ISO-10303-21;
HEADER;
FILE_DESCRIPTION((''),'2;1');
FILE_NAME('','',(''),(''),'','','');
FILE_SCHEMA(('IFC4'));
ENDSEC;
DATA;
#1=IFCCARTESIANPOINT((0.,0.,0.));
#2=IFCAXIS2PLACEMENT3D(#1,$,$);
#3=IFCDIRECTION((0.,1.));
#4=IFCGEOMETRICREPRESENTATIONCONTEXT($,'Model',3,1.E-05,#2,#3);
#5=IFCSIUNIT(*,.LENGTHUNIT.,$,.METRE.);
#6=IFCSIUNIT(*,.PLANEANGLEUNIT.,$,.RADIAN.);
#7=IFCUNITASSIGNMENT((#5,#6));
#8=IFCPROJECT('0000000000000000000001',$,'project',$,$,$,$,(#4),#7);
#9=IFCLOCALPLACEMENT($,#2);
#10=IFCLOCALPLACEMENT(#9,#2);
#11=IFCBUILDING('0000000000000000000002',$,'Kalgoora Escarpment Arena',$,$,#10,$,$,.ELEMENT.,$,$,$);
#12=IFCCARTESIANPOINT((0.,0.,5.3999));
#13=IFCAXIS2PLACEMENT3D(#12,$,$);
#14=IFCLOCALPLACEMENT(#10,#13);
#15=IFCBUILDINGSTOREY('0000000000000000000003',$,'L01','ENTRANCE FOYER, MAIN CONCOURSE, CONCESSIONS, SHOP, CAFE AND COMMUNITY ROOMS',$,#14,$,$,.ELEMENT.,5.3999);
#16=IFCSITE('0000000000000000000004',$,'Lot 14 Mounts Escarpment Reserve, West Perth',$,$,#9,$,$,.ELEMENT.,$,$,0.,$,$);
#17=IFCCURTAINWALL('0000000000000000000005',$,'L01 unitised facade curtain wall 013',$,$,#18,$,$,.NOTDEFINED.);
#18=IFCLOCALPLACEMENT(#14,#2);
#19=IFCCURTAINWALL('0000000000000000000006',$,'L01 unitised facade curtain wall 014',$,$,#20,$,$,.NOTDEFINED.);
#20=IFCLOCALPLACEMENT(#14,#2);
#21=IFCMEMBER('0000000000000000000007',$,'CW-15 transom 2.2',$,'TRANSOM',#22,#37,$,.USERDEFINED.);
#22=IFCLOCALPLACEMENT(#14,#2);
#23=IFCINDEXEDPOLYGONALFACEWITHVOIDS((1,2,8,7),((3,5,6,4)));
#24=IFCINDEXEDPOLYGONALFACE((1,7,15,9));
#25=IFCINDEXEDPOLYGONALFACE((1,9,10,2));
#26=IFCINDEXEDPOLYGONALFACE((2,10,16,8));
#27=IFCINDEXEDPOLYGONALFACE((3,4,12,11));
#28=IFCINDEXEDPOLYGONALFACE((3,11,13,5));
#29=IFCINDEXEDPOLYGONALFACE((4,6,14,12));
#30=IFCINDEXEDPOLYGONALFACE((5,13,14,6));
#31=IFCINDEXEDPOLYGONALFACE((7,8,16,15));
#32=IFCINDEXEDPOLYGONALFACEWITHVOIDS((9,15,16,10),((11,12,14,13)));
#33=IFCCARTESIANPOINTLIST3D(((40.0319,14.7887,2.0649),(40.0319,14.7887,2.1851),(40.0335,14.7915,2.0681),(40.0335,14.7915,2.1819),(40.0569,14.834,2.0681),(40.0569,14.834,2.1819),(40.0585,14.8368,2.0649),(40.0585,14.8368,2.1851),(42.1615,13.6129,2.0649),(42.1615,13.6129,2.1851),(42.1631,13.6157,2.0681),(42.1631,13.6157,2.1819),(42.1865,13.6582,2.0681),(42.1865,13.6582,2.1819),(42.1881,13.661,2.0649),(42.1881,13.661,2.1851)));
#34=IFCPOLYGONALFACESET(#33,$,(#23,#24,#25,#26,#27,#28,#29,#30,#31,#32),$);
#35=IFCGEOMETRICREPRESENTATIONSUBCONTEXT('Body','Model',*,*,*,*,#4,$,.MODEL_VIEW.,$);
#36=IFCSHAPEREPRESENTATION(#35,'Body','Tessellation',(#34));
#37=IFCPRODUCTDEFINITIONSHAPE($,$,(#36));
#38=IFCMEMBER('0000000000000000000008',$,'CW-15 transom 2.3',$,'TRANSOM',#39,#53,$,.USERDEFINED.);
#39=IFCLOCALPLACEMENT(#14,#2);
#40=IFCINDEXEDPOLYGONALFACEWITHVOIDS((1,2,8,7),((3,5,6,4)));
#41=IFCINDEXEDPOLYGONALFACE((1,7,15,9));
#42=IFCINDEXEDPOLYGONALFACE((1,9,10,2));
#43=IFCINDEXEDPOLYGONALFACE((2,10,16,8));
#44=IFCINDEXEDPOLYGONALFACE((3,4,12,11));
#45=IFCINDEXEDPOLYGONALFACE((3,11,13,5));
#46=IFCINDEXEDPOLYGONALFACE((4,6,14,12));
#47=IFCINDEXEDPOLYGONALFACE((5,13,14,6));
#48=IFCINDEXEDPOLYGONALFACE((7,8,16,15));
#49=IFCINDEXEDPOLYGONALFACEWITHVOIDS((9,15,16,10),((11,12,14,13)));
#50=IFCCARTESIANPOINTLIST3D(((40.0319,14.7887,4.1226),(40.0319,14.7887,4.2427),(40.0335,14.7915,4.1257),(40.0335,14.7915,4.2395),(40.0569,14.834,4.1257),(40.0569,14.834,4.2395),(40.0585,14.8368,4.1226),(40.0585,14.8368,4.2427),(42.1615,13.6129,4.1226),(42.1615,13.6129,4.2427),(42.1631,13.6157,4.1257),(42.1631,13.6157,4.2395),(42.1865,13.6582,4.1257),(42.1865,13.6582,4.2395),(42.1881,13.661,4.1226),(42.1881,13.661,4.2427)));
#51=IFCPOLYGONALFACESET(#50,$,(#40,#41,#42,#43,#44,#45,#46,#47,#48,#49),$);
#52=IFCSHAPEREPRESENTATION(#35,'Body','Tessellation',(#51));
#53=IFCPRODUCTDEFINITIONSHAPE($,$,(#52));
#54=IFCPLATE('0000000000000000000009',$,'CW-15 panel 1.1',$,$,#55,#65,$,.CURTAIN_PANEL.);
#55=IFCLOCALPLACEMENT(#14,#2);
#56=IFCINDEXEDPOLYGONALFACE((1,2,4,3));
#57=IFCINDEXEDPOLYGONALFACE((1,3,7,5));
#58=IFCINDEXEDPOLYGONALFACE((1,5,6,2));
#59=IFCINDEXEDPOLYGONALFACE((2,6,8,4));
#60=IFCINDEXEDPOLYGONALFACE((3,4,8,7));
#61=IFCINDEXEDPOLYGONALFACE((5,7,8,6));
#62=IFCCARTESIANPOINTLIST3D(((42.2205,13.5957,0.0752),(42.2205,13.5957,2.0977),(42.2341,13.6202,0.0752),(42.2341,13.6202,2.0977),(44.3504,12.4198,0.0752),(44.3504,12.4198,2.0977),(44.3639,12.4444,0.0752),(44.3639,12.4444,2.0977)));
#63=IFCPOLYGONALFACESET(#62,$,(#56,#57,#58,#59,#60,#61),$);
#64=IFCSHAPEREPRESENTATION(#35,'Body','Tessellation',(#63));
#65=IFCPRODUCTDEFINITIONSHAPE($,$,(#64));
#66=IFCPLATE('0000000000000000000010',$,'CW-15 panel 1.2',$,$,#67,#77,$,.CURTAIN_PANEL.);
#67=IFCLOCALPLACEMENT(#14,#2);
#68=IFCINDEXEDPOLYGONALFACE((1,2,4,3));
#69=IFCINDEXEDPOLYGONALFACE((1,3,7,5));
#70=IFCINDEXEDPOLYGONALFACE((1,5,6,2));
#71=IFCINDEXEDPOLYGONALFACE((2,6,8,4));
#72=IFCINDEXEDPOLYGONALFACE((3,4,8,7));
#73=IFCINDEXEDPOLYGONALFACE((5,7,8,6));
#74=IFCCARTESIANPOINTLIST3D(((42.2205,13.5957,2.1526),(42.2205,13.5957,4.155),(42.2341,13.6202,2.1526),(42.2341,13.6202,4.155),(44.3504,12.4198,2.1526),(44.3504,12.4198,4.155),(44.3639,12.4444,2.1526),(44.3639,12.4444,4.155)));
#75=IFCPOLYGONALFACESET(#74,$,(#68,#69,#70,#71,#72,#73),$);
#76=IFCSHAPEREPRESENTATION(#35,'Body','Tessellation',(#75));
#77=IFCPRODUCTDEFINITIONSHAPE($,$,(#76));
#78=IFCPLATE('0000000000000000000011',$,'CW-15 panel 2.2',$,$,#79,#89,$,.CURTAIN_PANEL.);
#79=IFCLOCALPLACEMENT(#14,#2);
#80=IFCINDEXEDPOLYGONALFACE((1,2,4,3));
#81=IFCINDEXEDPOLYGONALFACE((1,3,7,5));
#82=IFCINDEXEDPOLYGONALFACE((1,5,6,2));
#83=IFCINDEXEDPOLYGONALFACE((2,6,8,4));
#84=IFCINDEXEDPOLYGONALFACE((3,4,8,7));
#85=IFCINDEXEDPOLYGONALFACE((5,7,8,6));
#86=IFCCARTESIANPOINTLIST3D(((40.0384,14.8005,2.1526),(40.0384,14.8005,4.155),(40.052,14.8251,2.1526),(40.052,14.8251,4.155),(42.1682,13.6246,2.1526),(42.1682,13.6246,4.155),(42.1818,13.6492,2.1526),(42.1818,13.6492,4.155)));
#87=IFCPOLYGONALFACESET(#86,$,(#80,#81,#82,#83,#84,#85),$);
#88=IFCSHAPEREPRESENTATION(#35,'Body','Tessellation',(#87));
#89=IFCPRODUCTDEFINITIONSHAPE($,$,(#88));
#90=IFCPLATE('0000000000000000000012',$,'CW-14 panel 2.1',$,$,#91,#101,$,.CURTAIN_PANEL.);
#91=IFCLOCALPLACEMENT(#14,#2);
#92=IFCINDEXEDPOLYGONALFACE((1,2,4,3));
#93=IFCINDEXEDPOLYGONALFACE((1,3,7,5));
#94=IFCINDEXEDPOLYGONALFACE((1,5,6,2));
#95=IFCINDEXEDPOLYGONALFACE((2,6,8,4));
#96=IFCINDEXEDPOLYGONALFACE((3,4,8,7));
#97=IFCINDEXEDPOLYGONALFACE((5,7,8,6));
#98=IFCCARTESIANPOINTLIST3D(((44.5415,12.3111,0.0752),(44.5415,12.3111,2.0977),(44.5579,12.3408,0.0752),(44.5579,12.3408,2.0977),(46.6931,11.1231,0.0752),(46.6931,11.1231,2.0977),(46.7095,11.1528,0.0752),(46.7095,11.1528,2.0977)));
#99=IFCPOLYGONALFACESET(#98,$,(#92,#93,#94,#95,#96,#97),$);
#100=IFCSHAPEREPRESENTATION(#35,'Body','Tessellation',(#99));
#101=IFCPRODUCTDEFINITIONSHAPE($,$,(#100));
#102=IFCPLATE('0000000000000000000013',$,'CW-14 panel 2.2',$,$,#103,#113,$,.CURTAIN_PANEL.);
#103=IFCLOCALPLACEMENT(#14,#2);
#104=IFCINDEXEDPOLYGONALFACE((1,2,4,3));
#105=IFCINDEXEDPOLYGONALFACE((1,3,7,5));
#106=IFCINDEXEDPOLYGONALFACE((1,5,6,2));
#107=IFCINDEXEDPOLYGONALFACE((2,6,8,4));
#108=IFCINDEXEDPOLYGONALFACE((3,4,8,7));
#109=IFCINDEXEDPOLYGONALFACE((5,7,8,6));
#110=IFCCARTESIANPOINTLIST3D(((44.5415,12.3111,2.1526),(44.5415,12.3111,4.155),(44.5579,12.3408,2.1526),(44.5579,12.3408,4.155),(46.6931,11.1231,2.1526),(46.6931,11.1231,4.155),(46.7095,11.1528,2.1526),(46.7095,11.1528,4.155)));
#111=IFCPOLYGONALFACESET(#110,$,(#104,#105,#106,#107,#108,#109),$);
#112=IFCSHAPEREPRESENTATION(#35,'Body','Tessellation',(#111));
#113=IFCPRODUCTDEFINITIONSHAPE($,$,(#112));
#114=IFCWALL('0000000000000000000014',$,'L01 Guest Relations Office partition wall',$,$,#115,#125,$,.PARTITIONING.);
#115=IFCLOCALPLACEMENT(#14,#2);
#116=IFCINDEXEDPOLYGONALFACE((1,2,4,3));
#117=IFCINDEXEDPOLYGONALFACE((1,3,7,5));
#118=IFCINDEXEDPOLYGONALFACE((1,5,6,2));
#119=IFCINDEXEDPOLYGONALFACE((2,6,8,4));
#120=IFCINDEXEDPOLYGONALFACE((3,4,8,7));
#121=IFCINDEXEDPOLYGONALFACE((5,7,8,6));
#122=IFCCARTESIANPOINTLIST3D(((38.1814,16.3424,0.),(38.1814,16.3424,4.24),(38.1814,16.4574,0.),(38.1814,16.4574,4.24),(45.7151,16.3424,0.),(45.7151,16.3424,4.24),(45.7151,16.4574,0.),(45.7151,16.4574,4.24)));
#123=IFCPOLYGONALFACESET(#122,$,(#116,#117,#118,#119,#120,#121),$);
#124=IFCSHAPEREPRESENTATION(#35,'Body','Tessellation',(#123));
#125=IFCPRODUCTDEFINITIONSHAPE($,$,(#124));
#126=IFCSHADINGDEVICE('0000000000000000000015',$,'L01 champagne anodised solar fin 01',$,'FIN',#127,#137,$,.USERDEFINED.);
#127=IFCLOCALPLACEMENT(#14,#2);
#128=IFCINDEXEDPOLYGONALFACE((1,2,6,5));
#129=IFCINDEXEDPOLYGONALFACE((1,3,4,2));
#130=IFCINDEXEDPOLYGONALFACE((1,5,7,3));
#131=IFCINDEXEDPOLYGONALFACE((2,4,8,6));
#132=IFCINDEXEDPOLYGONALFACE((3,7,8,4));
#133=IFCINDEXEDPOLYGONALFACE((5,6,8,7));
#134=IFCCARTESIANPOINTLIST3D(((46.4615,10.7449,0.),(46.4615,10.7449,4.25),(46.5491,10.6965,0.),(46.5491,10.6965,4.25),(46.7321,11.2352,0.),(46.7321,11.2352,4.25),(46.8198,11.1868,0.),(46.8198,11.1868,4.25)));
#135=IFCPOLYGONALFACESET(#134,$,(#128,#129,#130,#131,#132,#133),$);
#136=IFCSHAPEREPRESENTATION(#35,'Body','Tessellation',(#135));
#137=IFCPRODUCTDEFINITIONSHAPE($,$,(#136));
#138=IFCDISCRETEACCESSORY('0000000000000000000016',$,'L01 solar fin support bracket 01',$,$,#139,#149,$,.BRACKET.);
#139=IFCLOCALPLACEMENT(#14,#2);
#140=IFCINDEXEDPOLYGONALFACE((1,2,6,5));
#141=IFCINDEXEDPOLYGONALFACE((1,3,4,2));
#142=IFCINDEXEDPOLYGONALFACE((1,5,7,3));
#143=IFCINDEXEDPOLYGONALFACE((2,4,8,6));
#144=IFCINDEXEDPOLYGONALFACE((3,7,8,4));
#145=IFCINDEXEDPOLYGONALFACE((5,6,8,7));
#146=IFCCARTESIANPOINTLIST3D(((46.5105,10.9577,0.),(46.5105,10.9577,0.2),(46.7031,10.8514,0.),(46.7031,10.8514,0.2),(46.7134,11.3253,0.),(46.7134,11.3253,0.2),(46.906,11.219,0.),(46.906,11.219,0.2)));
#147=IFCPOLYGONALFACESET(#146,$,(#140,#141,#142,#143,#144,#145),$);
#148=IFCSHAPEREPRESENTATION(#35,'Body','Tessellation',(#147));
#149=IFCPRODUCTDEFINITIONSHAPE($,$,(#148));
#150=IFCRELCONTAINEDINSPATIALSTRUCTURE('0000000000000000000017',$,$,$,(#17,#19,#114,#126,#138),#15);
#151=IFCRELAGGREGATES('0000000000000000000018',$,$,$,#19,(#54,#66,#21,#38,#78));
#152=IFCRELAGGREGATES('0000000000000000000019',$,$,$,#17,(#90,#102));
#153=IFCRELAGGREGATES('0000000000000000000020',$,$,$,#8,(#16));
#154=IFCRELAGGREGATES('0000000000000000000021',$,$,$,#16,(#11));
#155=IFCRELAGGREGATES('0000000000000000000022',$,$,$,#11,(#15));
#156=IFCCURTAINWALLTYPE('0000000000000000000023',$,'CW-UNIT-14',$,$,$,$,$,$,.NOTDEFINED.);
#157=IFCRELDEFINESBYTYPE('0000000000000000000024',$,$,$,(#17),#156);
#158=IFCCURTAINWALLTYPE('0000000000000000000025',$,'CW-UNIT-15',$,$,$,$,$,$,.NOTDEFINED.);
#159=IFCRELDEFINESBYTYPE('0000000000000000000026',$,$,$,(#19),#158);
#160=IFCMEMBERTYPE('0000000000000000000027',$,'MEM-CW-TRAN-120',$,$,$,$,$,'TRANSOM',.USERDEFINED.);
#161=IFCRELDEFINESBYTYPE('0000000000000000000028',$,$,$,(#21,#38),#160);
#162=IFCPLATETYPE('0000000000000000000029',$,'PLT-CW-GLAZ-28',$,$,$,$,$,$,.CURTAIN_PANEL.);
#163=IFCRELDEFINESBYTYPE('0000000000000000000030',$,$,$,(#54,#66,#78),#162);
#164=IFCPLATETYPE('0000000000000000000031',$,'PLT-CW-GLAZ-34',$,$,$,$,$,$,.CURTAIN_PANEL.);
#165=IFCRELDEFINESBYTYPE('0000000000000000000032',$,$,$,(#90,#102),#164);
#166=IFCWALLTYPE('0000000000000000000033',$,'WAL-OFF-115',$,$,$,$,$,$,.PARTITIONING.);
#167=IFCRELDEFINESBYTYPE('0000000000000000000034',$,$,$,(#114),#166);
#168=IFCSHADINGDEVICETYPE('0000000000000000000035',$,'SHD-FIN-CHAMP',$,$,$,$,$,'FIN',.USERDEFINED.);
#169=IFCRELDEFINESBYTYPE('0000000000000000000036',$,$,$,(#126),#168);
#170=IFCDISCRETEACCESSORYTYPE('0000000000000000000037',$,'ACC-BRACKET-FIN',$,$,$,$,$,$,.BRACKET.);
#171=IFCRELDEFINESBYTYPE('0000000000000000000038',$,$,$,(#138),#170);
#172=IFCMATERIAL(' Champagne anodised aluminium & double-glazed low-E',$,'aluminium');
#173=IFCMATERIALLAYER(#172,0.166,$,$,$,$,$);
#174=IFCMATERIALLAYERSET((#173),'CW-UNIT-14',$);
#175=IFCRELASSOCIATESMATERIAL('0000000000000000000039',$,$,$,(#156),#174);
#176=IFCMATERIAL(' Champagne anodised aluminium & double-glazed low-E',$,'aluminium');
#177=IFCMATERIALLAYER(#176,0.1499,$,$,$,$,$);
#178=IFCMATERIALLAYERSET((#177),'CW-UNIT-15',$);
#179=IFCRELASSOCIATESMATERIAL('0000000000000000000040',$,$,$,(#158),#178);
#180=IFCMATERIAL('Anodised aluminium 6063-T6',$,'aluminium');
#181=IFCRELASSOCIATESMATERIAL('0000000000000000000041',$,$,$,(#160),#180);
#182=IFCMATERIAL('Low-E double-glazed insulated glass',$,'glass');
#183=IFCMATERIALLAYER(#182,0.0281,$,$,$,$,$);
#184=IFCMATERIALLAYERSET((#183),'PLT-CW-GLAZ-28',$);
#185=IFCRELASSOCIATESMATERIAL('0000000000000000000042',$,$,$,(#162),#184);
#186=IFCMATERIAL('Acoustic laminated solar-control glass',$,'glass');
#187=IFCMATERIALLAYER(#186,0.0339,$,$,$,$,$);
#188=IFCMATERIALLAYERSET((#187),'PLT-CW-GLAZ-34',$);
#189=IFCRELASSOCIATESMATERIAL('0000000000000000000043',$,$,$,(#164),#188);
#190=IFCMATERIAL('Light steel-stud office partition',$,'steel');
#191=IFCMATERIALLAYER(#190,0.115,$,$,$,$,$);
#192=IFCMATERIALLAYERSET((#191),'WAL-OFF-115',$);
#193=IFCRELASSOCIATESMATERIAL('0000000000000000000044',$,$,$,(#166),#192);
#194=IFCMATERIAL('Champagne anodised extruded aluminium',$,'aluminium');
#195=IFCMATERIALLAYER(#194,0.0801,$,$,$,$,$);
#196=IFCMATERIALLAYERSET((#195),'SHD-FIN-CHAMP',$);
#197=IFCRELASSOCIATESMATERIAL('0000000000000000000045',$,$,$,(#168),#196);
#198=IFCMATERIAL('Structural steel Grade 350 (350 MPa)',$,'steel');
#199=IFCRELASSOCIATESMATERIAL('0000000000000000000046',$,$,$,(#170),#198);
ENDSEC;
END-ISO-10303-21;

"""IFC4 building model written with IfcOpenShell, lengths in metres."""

from ifc_helpers import new_model, si_unit, direction, frame, frame_2d, origin, origin_2d, place, context, subcontext, project, spatial, rectangle, hollow_rectangle, extrude, material, layer, layer_set, material_profile, profile_set, type_object, element, aggregate, save


model = new_model("IFC4")

# Units and contexts
model_context = context("Model", 3, precision=1e-05, world=origin(), true_north=direction((0.0, 1.0)))
body_context = subcontext(model_context, "Body", "Model", "MODEL_VIEW")
ifc_project = project(units=[si_unit("LENGTHUNIT", "METRE"), si_unit("PLANEANGLEUNIT", "RADIAN")], contexts=[model_context])

# Site, building, storey
site_placement = place(None, origin())
site = spatial("IfcSite", under=ifc_project, at=site_placement, Name="Lot 14 Mounts Escarpment Reserve, West Perth", CompositionType="ELEMENT", RefElevation=0.0)
building_placement = place(site_placement, origin())
building = spatial("IfcBuilding", under=site, at=building_placement, Name="Kalgoora Escarpment Arena", CompositionType="ELEMENT")
storey_placement = place(building_placement, frame((0.0, 0.0, 5.3999)))
storey = spatial("IfcBuildingStorey", under=building, at=storey_placement, Name="L01", Description="ENTRANCE FOYER, MAIN CONCOURSE, CONCESSIONS, SHOP, CAFE AND COMMUNITY ROOMS", CompositionType="ELEMENT", Elevation=5.3999)

# Curtain walls
ifc_material_1 = material(Name=" Champagne anodised aluminium & double-glazed low-E", Category="aluminium")
ifc_layer_1 = layer(ifc_material_1, 0.166)
ifc_layer_set_1 = layer_set([ifc_layer_1], Name="CW-UNIT-14")
curtain_wall_type_1 = type_object("IfcCurtainWallType", Name="CW-UNIT-14", PredefinedType="NOTDEFINED", material=ifc_layer_set_1)
curtain_wall_1_placement = place(storey_placement, origin())
curtain_wall_1 = element("IfcCurtainWall", 1, at=curtain_wall_1_placement, inside=storey, type_object=curtain_wall_type_1, Name="L01 unitised facade curtain wall 013", PredefinedType="NOTDEFINED")
ifc_material_2 = material(Name=" Champagne anodised aluminium & double-glazed low-E", Category="aluminium")
ifc_layer_2 = layer(ifc_material_2, 0.1499)
ifc_layer_set_2 = layer_set([ifc_layer_2], Name="CW-UNIT-15")
curtain_wall_type_2 = type_object("IfcCurtainWallType", Name="CW-UNIT-15", PredefinedType="NOTDEFINED", material=ifc_layer_set_2)
curtain_wall_2_placement = place(storey_placement, origin())
curtain_wall_2 = element("IfcCurtainWall", 2, at=curtain_wall_2_placement, inside=storey, type_object=curtain_wall_type_2, Name="L01 unitised facade curtain wall 014", PredefinedType="NOTDEFINED")

# Members
ifc_material_3 = material(Name="Anodised aluminium 6063-T6", Category="aluminium")
ifc_material_profile_1 = material_profile(ifc_material_3, hollow_rectangle(XDim=0.0549, YDim=0.1201, WallThickness=0.0032, at=origin_2d()))
ifc_profile_set_1 = profile_set([ifc_material_profile_1], Name="Anodised aluminium 6063-T6")
member_type_1 = type_object("IfcMemberType", Name="MEM-CW-TRAN-120", ElementType="TRANSOM", PredefinedType="USERDEFINED", material=ifc_profile_set_1)
member_1_placement = place(storey_placement, frame((42.1748, 13.637, 2.125), z_axis=(-0.875437, 0.483332, 0.0), x_axis=(-0.483332, -0.875437, 0.0)))
member_1 = element("IfcMember", 3, at=member_1_placement, type_object=member_type_1, Name="CW-15 transom 2.2", ObjectType="TRANSOM", PredefinedType="USERDEFINED", context=body_context, shape_type="SweptSolid", body=[
    extrude(hollow_rectangle(XDim=0.0549, YDim=0.1201, WallThickness=0.0032, at=origin_2d()), origin(), (0.0, 0.0, 1.0), 2.4326),
])
member_2_placement = place(storey_placement, frame((42.1748, 13.637, 4.1826), z_axis=(-0.875437, 0.483332, 0.0), x_axis=(-0.483332, -0.875437, 0.0)))
member_2 = element("IfcMember", 4, at=member_2_placement, type_object=member_type_1, Name="CW-15 transom 2.3", ObjectType="TRANSOM", PredefinedType="USERDEFINED", context=body_context, shape_type="SweptSolid", body=[
    extrude(hollow_rectangle(XDim=0.0549, YDim=0.1201, WallThickness=0.0032, at=origin_2d()), origin(), (0.0, 0.0, 1.0), 2.4326),
])

# Plates
ifc_material_4 = material(Name="Low-E double-glazed insulated glass", Category="glass")
ifc_layer_3 = layer(ifc_material_4, 0.0281)
ifc_layer_set_3 = layer_set([ifc_layer_3], Name="PLT-CW-GLAZ-28")
plate_type_1 = type_object("IfcPlateType", Name="PLT-CW-GLAZ-28", PredefinedType="CURTAIN_PANEL", material=ifc_layer_set_3)
plate_1_placement = place(storey_placement, frame((43.2922, 13.02, 0.0752), z_axis=(0.0, 0.0, 1.0), x_axis=(-0.875437, 0.483332, 0.0)))
plate_1 = element("IfcPlate", 5, at=plate_1_placement, type_object=plate_type_1, Name="CW-15 panel 1.1", PredefinedType="CURTAIN_PANEL", context=body_context, shape_type="SweptSolid", body=[
    extrude(rectangle(XDim=2.4329, YDim=0.0281, at=origin_2d()), origin(), (0.0, 0.0, 1.0), 2.0225),
])
plate_2_placement = place(storey_placement, frame((43.2922, 13.02, 2.1526), z_axis=(0.0, 0.0, 1.0), x_axis=(-0.875437, 0.483332, 0.0)))
plate_2 = element("IfcPlate", 6, at=plate_2_placement, type_object=plate_type_1, Name="CW-15 panel 1.2", PredefinedType="CURTAIN_PANEL", context=body_context, shape_type="SweptSolid", body=[
    extrude(rectangle(XDim=2.4329, YDim=0.0281, at=origin_2d()), origin(), (0.0, 0.0, 1.0), 2.0024),
])
plate_3_placement = place(storey_placement, frame((41.1101, 14.2249, 2.1526), z_axis=(0.0, 0.0, 1.0), x_axis=(-0.875437, 0.483332, 0.0)))
plate_3 = element("IfcPlate", 7, at=plate_3_placement, type_object=plate_type_1, Name="CW-15 panel 2.2", PredefinedType="CURTAIN_PANEL", context=body_context, shape_type="SweptSolid", body=[
    extrude(rectangle(XDim=2.4329, YDim=0.0281, at=origin_2d()), origin(), (0.0, 0.0, 1.0), 2.0024),
])
aggregate(curtain_wall_2, [plate_1, plate_2, member_1, member_2, plate_3])
ifc_material_5 = material(Name="Acoustic laminated solar-control glass", Category="glass")
ifc_layer_4 = layer(ifc_material_5, 0.0339)
ifc_layer_set_4 = layer_set([ifc_layer_4], Name="PLT-CW-GLAZ-34")
plate_type_2 = type_object("IfcPlateType", Name="PLT-CW-GLAZ-34", PredefinedType="CURTAIN_PANEL", material=ifc_layer_set_4)
plate_4_placement = place(storey_placement, frame((45.6255, 11.7319, 0.0752), z_axis=(0.0, 0.0, 1.0), x_axis=(-0.875431, 0.483343, 0.0)))
plate_4 = element("IfcPlate", 8, at=plate_4_placement, type_object=plate_type_2, Name="CW-14 panel 2.1", PredefinedType="CURTAIN_PANEL", context=body_context, shape_type="SweptSolid", body=[
    extrude(rectangle(XDim=2.4578, YDim=0.0339, at=origin_2d()), origin(), (0.0, 0.0, 1.0), 2.0225),
])
plate_5_placement = place(storey_placement, frame((45.6255, 11.7319, 2.1526), z_axis=(0.0, 0.0, 1.0), x_axis=(-0.875431, 0.483343, 0.0)))
plate_5 = element("IfcPlate", 9, at=plate_5_placement, type_object=plate_type_2, Name="CW-14 panel 2.2", PredefinedType="CURTAIN_PANEL", context=body_context, shape_type="SweptSolid", body=[
    extrude(rectangle(XDim=2.4578, YDim=0.0339, at=origin_2d()), origin(), (0.0, 0.0, 1.0), 2.0024),
])
aggregate(curtain_wall_1, [plate_4, plate_5])

# Wall
ifc_material_6 = material(Name="Light steel-stud office partition", Category="steel")
ifc_layer_5 = layer(ifc_material_6, 0.115)
ifc_layer_set_5 = layer_set([ifc_layer_5], Name="WAL-OFF-115")
wall_type = type_object("IfcWallType", Name="WAL-OFF-115", PredefinedType="PARTITIONING", material=ifc_layer_set_5)
wall_placement = place(storey_placement, frame((45.7151, 16.3999, 0.0), z_axis=(0.0, 0.0, 1.0), x_axis=(-1.0, 0.0, 0.0)))
element("IfcWall", 10, at=wall_placement, inside=storey, type_object=wall_type, Name="L01 Guest Relations Office partition wall", PredefinedType="PARTITIONING", context=body_context, shape_type="SweptSolid", body=[
    extrude(rectangle(XDim=7.5337, YDim=0.115, at=frame_2d((3.7668, 0.0))), origin(), (0.0, 0.0, 1.0), 4.24),
])

# Shading device
ifc_material_7 = material(Name="Champagne anodised extruded aluminium", Category="aluminium")
ifc_layer_6 = layer(ifc_material_7, 0.0801)
ifc_layer_set_6 = layer_set([ifc_layer_6], Name="SHD-FIN-CHAMP")
shading_device_type = type_object("IfcShadingDeviceType", Name="SHD-FIN-CHAMP", ElementType="FIN", PredefinedType="USERDEFINED", material=ifc_layer_set_6)
shading_device_placement = place(storey_placement, frame((46.6406, 10.9658, 0.0), z_axis=(0.0, 0.0, 1.0), x_axis=(-0.483282, -0.875465, 0.0)))
element("IfcShadingDevice", 11, at=shading_device_placement, inside=storey, type_object=shading_device_type, Name="L01 champagne anodised solar fin 01", ObjectType="FIN", PredefinedType="USERDEFINED", context=body_context, shape_type="SweptSolid", body=[
    extrude(rectangle(XDim=0.5601, YDim=0.1001, at=origin_2d()), origin(), (0.0, 0.0, 1.0), 4.25),
])

# Discrete accessory
ifc_material_8 = material(Name="Structural steel Grade 350 (350 MPa)", Category="steel")
discrete_accessory_type = type_object("IfcDiscreteAccessoryType", Name="ACC-BRACKET-FIN", PredefinedType="BRACKET", material=ifc_material_8)
discrete_accessory_placement = place(storey_placement, frame((46.7083, 11.0884, 0.0), z_axis=(0.0, 0.0, 1.0), x_axis=(-0.483282, -0.875465, 0.0)))
element("IfcDiscreteAccessory", 12, at=discrete_accessory_placement, inside=storey, type_object=discrete_accessory_type, Name="L01 solar fin support bracket 01", PredefinedType="BRACKET", context=body_context, shape_type="SweptSolid", body=[
    extrude(rectangle(XDim=0.4199, YDim=0.22, at=origin_2d()), origin(), (0.0, 0.0, 1.0), 0.2),
])

save(model, "model.ifc")
